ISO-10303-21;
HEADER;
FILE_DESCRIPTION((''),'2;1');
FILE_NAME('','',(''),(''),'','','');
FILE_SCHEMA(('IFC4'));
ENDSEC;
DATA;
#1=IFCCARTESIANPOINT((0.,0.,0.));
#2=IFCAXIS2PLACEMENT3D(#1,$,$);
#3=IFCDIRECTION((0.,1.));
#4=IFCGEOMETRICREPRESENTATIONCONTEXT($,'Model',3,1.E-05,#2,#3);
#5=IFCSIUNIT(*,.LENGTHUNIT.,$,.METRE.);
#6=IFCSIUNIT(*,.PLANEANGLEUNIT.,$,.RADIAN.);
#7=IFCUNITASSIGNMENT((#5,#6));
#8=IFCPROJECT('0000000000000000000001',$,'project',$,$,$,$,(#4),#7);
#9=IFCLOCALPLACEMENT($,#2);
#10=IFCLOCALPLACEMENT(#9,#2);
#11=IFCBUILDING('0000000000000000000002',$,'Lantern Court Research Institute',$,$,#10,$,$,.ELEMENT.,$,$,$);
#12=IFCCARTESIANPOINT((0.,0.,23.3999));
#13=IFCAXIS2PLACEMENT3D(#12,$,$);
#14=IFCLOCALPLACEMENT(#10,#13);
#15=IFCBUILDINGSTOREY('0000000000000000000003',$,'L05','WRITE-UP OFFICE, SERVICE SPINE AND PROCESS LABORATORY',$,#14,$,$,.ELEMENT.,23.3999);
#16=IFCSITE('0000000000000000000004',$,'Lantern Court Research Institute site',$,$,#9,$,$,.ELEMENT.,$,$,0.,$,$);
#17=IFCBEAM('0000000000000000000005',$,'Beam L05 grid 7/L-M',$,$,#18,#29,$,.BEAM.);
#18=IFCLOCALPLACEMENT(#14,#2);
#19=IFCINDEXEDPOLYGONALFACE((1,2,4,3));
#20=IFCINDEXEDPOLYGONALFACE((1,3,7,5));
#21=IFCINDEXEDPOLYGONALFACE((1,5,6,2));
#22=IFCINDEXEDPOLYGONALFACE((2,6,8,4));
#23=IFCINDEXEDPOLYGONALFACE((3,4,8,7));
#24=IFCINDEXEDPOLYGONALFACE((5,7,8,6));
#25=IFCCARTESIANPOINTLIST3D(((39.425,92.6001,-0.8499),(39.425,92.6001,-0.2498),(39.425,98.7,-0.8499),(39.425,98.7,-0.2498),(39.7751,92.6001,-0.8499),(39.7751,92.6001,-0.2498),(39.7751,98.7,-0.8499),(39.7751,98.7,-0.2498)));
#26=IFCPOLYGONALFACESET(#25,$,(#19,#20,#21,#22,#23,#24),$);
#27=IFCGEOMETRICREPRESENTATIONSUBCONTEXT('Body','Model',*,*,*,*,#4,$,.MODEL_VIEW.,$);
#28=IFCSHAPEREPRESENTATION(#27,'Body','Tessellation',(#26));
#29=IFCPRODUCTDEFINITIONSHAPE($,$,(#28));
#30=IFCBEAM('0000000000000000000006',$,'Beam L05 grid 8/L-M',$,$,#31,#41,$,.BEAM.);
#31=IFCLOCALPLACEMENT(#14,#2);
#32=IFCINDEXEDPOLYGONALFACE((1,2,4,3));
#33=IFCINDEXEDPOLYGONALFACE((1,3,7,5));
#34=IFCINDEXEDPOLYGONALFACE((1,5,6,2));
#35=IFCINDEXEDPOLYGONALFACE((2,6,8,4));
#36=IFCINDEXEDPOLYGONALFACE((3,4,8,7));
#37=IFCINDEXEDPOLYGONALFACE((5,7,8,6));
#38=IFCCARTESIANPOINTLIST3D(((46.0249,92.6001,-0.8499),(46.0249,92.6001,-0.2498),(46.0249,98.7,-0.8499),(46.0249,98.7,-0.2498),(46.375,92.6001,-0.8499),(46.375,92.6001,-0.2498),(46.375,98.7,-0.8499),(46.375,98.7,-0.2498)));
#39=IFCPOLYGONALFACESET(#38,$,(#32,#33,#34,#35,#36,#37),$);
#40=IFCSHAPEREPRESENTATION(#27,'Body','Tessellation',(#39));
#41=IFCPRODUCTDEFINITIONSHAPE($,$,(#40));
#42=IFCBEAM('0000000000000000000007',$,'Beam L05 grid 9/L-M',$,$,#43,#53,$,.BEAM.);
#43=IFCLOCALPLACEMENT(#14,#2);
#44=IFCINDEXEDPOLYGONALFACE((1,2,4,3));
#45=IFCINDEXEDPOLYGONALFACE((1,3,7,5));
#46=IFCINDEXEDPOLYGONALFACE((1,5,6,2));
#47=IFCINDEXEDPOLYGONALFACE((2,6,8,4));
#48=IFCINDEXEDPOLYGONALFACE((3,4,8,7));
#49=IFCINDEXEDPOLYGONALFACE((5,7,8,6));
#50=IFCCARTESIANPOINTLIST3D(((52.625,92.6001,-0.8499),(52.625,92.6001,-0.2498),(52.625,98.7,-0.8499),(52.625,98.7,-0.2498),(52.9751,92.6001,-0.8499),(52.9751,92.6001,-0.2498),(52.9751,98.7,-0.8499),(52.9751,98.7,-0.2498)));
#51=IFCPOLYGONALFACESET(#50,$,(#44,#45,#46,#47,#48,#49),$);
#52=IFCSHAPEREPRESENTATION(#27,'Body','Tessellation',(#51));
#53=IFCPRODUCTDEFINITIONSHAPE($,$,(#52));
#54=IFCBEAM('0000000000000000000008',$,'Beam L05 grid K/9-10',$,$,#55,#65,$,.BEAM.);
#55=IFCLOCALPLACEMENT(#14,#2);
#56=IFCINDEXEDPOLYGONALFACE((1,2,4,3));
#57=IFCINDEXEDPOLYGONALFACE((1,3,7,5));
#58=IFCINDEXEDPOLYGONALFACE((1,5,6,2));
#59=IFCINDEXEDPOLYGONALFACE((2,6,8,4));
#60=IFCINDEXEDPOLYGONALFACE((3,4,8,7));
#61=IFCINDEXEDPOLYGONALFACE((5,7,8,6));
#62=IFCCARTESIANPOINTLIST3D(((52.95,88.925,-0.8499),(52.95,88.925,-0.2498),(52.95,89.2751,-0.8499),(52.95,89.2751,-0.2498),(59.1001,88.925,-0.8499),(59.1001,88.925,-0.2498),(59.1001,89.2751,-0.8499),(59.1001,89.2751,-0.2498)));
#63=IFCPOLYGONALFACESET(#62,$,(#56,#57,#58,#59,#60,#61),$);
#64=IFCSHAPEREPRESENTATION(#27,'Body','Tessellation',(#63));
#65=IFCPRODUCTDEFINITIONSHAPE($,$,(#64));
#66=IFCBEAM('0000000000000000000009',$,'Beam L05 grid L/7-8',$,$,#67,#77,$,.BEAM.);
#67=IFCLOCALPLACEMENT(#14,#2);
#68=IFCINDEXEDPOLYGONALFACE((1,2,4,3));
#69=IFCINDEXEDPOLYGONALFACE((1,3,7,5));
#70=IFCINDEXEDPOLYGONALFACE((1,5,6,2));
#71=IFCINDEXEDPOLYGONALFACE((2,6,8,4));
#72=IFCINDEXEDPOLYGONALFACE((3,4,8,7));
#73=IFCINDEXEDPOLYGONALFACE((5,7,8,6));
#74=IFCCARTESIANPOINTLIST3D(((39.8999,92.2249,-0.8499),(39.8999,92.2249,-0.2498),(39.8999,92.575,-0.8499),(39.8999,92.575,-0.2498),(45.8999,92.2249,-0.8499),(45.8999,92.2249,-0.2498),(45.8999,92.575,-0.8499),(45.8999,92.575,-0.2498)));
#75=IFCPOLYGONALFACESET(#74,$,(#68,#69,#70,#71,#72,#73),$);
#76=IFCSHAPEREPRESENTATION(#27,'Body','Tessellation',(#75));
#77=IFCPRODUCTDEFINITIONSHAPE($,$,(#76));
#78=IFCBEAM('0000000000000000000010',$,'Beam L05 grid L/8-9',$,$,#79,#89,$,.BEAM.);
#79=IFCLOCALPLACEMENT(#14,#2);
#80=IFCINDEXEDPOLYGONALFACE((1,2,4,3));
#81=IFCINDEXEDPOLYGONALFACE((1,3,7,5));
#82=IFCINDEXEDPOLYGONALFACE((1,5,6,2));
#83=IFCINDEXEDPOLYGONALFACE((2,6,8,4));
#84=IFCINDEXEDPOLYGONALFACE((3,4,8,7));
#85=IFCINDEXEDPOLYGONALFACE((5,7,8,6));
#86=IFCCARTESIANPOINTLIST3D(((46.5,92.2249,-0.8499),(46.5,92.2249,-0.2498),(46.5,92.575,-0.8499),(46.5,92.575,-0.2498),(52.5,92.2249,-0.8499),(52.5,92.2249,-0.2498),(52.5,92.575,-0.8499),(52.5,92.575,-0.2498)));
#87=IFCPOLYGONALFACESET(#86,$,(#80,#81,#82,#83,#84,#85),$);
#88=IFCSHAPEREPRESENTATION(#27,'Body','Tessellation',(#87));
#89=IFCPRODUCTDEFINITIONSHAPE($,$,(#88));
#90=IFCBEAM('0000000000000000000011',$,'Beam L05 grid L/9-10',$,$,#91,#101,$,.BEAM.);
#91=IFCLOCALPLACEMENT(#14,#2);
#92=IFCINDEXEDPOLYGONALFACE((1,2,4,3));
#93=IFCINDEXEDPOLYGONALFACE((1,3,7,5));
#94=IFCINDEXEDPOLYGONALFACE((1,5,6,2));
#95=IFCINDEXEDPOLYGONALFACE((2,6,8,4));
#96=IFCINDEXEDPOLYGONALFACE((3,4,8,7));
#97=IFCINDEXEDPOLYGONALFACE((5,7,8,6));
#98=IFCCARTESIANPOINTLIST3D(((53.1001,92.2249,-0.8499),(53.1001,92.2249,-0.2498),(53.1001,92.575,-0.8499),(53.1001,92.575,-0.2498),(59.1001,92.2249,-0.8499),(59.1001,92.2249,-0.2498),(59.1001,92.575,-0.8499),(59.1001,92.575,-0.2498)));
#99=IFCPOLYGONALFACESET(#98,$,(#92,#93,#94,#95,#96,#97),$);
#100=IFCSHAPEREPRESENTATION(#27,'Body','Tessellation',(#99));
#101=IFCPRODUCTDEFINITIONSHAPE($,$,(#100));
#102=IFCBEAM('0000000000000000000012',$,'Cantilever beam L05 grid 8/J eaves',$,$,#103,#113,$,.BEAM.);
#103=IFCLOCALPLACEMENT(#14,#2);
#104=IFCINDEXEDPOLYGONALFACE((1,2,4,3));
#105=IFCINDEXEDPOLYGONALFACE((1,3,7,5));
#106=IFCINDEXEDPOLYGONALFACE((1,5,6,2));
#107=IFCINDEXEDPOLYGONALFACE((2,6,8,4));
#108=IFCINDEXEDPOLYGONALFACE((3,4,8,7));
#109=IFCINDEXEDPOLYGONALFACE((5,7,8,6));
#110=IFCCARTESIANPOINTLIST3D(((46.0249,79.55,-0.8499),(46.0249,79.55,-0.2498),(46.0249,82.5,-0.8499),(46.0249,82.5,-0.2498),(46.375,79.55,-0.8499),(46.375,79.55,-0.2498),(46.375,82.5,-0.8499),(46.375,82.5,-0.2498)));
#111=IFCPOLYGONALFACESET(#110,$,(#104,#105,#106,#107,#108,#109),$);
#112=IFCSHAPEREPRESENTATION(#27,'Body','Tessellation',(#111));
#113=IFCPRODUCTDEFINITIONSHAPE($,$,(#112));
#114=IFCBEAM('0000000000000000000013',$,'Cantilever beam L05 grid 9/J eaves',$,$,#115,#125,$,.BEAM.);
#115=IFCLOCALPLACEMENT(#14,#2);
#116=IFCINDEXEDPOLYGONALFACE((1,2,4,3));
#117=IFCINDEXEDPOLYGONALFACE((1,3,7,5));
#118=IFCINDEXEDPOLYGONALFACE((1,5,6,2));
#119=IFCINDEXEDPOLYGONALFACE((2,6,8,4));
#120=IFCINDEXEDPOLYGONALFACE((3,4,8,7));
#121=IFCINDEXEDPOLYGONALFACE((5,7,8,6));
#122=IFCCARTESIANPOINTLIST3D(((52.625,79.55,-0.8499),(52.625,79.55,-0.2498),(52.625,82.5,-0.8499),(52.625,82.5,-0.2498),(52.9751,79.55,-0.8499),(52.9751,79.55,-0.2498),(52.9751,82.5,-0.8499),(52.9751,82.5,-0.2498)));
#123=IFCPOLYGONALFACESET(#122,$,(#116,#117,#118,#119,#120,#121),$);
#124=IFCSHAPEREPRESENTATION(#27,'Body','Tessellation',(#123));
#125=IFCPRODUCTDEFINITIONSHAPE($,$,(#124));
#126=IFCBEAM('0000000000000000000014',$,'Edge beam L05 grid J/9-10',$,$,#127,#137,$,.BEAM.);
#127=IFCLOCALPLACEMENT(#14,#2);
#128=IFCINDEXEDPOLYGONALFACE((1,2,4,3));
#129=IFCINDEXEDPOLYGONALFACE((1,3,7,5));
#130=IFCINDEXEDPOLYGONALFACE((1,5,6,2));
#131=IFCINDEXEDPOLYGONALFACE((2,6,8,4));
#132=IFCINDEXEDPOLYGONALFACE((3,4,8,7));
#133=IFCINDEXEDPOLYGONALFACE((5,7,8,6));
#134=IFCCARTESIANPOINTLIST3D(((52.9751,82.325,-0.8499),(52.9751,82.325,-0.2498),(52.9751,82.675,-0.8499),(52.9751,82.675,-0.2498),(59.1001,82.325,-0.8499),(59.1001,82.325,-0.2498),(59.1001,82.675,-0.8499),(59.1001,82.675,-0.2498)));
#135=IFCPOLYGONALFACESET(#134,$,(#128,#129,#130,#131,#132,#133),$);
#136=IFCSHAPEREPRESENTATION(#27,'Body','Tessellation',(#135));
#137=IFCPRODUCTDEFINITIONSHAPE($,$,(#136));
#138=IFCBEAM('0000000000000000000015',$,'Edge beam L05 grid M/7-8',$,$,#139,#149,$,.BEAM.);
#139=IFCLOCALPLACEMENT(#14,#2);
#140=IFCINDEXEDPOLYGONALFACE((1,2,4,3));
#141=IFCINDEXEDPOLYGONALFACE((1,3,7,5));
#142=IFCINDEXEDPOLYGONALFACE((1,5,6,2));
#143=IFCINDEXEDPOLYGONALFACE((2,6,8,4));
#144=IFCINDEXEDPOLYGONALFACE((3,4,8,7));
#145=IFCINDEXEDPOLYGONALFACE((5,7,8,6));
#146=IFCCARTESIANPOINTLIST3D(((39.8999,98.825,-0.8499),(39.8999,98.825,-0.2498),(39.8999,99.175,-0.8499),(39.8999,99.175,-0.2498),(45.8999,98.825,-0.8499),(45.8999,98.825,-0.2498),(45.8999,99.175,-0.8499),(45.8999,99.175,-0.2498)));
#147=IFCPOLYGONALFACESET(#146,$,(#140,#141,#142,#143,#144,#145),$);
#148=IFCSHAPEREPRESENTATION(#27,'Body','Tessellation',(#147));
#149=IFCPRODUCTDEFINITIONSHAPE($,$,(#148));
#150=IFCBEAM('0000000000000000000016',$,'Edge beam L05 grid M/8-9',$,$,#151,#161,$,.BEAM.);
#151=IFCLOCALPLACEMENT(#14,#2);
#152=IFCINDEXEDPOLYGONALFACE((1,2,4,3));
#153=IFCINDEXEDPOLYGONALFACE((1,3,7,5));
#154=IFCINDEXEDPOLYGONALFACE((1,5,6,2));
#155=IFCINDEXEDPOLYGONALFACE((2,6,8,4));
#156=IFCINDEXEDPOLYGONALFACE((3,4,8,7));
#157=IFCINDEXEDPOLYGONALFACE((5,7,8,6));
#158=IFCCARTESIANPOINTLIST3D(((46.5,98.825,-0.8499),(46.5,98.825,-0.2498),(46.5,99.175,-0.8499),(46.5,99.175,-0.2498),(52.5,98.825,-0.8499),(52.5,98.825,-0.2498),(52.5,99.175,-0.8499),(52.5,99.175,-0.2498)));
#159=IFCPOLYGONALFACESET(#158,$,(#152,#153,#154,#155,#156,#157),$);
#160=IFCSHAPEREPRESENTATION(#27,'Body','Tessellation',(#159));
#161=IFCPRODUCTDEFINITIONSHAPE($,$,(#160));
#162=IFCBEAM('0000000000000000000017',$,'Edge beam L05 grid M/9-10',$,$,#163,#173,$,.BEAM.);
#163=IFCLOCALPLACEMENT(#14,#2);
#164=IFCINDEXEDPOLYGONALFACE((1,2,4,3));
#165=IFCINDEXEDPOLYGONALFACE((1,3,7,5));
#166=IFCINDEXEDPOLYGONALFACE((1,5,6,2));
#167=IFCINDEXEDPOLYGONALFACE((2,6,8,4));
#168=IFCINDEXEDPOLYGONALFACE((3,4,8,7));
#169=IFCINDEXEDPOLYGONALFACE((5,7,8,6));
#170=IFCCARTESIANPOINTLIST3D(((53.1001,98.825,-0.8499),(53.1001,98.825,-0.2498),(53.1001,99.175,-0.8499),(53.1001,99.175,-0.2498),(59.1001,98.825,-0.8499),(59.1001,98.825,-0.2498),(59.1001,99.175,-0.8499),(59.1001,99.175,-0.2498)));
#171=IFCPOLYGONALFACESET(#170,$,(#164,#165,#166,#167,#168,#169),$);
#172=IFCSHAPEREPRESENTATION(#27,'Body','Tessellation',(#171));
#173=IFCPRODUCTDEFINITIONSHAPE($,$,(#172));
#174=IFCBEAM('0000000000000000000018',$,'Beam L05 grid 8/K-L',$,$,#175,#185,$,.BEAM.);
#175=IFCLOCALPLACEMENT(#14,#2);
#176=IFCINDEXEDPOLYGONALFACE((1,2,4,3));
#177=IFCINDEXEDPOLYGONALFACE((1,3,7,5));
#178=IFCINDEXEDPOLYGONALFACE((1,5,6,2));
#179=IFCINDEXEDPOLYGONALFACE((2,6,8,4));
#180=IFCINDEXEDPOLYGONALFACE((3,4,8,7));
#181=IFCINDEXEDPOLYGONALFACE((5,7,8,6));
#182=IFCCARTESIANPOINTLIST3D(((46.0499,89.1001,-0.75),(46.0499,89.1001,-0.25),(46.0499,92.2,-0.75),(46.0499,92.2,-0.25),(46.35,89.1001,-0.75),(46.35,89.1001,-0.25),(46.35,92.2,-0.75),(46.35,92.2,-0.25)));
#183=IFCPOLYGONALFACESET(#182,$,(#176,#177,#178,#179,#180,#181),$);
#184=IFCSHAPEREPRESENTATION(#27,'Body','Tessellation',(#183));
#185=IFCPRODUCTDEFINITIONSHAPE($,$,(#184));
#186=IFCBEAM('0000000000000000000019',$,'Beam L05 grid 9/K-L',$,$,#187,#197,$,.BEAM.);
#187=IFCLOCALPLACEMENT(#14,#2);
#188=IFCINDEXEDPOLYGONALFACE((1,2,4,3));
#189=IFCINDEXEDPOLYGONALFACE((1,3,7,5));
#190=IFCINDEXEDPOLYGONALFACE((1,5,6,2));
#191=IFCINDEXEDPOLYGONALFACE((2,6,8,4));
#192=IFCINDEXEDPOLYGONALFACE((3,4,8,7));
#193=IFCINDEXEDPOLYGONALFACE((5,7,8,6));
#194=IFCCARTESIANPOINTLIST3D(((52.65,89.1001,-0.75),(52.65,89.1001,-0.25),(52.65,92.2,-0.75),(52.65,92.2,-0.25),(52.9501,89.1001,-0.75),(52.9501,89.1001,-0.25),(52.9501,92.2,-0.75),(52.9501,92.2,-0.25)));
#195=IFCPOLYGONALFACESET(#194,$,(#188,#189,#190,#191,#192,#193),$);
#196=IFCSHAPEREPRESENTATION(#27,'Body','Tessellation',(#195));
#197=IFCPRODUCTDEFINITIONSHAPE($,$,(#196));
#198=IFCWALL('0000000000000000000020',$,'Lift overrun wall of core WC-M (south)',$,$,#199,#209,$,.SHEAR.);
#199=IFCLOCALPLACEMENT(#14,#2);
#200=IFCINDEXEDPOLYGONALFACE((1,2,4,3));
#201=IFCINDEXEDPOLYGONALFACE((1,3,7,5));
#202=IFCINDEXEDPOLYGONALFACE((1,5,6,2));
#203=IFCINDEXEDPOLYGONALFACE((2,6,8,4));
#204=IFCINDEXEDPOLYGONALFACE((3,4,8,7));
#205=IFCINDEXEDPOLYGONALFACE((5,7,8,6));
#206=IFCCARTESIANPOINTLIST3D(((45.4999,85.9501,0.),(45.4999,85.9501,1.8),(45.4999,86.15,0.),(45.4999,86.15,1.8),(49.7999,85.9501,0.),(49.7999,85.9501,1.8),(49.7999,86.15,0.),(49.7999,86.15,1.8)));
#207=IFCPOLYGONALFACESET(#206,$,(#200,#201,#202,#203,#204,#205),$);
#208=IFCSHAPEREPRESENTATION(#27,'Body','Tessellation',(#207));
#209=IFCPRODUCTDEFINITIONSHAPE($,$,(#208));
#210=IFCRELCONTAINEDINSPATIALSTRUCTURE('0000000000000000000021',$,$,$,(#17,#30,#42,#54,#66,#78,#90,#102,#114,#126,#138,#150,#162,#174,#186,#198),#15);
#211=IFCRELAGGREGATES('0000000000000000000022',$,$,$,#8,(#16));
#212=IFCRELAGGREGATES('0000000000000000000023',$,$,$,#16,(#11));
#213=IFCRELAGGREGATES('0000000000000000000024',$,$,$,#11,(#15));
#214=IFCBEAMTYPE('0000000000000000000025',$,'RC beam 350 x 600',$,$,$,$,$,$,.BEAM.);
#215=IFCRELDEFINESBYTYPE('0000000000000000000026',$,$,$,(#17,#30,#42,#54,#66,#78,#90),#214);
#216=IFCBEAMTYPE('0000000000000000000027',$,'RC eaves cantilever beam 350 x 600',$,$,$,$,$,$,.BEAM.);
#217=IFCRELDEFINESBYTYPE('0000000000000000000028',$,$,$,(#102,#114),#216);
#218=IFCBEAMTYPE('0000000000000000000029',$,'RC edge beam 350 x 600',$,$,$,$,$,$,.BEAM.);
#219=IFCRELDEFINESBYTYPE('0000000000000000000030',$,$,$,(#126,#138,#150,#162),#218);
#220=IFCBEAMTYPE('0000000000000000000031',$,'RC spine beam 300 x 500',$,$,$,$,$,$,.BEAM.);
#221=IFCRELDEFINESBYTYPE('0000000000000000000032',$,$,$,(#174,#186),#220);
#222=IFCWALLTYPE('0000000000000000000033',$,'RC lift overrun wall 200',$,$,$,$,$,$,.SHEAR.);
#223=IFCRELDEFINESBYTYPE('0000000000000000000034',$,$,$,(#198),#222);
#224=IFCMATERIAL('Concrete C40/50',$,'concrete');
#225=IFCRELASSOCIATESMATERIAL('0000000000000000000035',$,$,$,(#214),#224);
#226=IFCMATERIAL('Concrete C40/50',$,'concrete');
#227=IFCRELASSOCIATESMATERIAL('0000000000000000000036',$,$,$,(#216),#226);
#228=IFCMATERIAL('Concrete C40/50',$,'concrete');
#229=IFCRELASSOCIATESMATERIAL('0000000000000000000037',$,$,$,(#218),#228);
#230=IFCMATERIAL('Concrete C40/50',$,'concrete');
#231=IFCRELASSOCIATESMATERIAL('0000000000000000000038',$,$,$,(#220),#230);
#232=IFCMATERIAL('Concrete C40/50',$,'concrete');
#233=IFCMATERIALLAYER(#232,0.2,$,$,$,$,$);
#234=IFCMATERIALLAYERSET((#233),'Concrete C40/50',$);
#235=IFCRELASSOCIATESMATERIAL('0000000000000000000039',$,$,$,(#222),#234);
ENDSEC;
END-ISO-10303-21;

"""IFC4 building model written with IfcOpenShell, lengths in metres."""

from ifc_helpers import new_model, si_unit, direction, frame, frame_2d, origin, origin_2d, place, context, subcontext, project, spatial, rectangle, extrude, material, layer, layer_set, material_profile, profile_set, type_object, element, save


model = new_model("IFC4")

# Units and contexts
model_context = context("Model", 3, precision=1e-05, world=origin(), true_north=direction((0.0, 1.0)))
body_context = subcontext(model_context, "Body", "Model", "MODEL_VIEW")
ifc_project = project(units=[si_unit("LENGTHUNIT", "METRE"), si_unit("PLANEANGLEUNIT", "RADIAN")], contexts=[model_context])

# Site, building, storey
site_placement = place(None, origin())
site = spatial("IfcSite", under=ifc_project, at=site_placement, Name="Lantern Court Research Institute site", CompositionType="ELEMENT", RefElevation=0.0)
building_placement = place(site_placement, origin())
building = spatial("IfcBuilding", under=site, at=building_placement, Name="Lantern Court Research Institute", CompositionType="ELEMENT")
storey_placement = place(building_placement, frame((0.0, 0.0, 23.3999)))
storey = spatial("IfcBuildingStorey", under=building, at=storey_placement, Name="L05", Description="WRITE-UP OFFICE, SERVICE SPINE AND PROCESS LABORATORY", CompositionType="ELEMENT", Elevation=23.3999)

# Beams
ifc_material_1 = material(Name="Concrete C40/50", Category="concrete")
ifc_material_profile_1 = material_profile(ifc_material_1, rectangle(XDim=0.3501, YDim=0.6001, at=origin_2d()), Name="RC beam 350 x 600")
ifc_profile_set_1 = profile_set([ifc_material_profile_1], Name="Concrete C40/50")
beam_type_1 = type_object("IfcBeamType", Name="RC beam 350 x 600", PredefinedType="BEAM", material=ifc_profile_set_1)
for number, where, z_axis, x_axis, name in (
    (1, (39.6001, 92.6001, -0.5498), (0.0, 1.0, 0.0), (-1.0, 0.0, 0.0), "Beam L05 grid 7/L-M"),
    (2, (46.2, 92.6001, -0.5498), (0.0, 1.0, 0.0), (-1.0, 0.0, 0.0), "Beam L05 grid 8/L-M"),
    (3, (52.8, 92.6001, -0.5498), (0.0, 1.0, 0.0), (-1.0, 0.0, 0.0), "Beam L05 grid 9/L-M"),
):
    element("IfcBeam", number, at=place(storey_placement, frame(where, z_axis=z_axis, x_axis=x_axis)), inside=storey, type_object=beam_type_1, Name=name, PredefinedType="BEAM", context=body_context, shape_type="SweptSolid", body=[
        extrude(rectangle(XDim=0.3501, YDim=0.6001, at=origin_2d()), origin(), (0.0, 0.0, 1.0), 6.0999),
    ])
beam_1_placement = place(storey_placement, frame((52.95, 89.1001, -0.5498), z_axis=(1.0, 0.0, 0.0), x_axis=(0.0, 1.0, 0.0)))
element("IfcBeam", 4, at=beam_1_placement, inside=storey, type_object=beam_type_1, Name="Beam L05 grid K/9-10", PredefinedType="BEAM", context=body_context, shape_type="SweptSolid", body=[
    extrude(rectangle(XDim=0.3501, YDim=0.6001, at=origin_2d()), origin(), (0.0, 0.0, 1.0), 6.1501),
])
for number, where, z_axis, x_axis, name in (
    (5, (39.8999, 92.3999, -0.5498), (1.0, 0.0, 0.0), (0.0, 1.0, 0.0), "Beam L05 grid L/7-8"),
    (6, (46.5, 92.3999, -0.5498), (1.0, 0.0, 0.0), (0.0, 1.0, 0.0), "Beam L05 grid L/8-9"),
    (7, (53.1001, 92.3999, -0.5498), (1.0, 0.0, 0.0), (0.0, 1.0, 0.0), "Beam L05 grid L/9-10"),
):
    element("IfcBeam", number, at=place(storey_placement, frame(where, z_axis=z_axis, x_axis=x_axis)), inside=storey, type_object=beam_type_1, Name=name, PredefinedType="BEAM", context=body_context, shape_type="SweptSolid", body=[
        extrude(rectangle(XDim=0.3501, YDim=0.6001, at=origin_2d()), origin(), (0.0, 0.0, 1.0), 6.0),
    ])
ifc_material_2 = material(Name="Concrete C40/50", Category="concrete")
ifc_material_profile_2 = material_profile(ifc_material_2, rectangle(XDim=0.3501, YDim=0.6001, at=origin_2d()), Name="RC beam 350 x 600")
ifc_profile_set_2 = profile_set([ifc_material_profile_2], Name="Concrete C40/50")
beam_type_2 = type_object("IfcBeamType", Name="RC eaves cantilever beam 350 x 600", PredefinedType="BEAM", material=ifc_profile_set_2)
for number, where, z_axis, x_axis, name in (
    (8, (46.2, 82.5, -0.5498), (0.0, -1.0, 0.0), (1.0, 0.0, 0.0), "Cantilever beam L05 grid 8/J eaves"),
    (9, (52.8, 82.5, -0.5498), (0.0, -1.0, 0.0), (1.0, 0.0, 0.0), "Cantilever beam L05 grid 9/J eaves"),
):
    element("IfcBeam", number, at=place(storey_placement, frame(where, z_axis=z_axis, x_axis=x_axis)), inside=storey, type_object=beam_type_2, Name=name, PredefinedType="BEAM", context=body_context, shape_type="SweptSolid", body=[
        extrude(rectangle(XDim=0.3501, YDim=0.6001, at=origin_2d()), origin(), (0.0, 0.0, 1.0), 2.95),
    ])
ifc_material_3 = material(Name="Concrete C40/50", Category="concrete")
ifc_material_profile_3 = material_profile(ifc_material_3, rectangle(XDim=0.3501, YDim=0.6001, at=origin_2d()), Name="RC beam 350 x 600")
ifc_profile_set_3 = profile_set([ifc_material_profile_3], Name="Concrete C40/50")
beam_type_3 = type_object("IfcBeamType", Name="RC edge beam 350 x 600", PredefinedType="BEAM", material=ifc_profile_set_3)
beam_2_placement = place(storey_placement, frame((52.9751, 82.5, -0.5498), z_axis=(1.0, 0.0, 0.0), x_axis=(0.0, 1.0, 0.0)))
element("IfcBeam", 10, at=beam_2_placement, inside=storey, type_object=beam_type_3, Name="Edge beam L05 grid J/9-10", PredefinedType="BEAM", context=body_context, shape_type="SweptSolid", body=[
    extrude(rectangle(XDim=0.3501, YDim=0.6001, at=origin_2d()), origin(), (0.0, 0.0, 1.0), 6.125),
])
for number, where, z_axis, x_axis, name in (
    (11, (39.8999, 99.0, -0.5498), (1.0, 0.0, 0.0), (0.0, 1.0, 0.0), "Edge beam L05 grid M/7-8"),
    (12, (46.5, 99.0, -0.5498), (1.0, 0.0, 0.0), (0.0, 1.0, 0.0), "Edge beam L05 grid M/8-9"),
    (13, (53.1001, 99.0, -0.5498), (1.0, 0.0, 0.0), (0.0, 1.0, 0.0), "Edge beam L05 grid M/9-10"),
):
    element("IfcBeam", number, at=place(storey_placement, frame(where, z_axis=z_axis, x_axis=x_axis)), inside=storey, type_object=beam_type_3, Name=name, PredefinedType="BEAM", context=body_context, shape_type="SweptSolid", body=[
        extrude(rectangle(XDim=0.3501, YDim=0.6001, at=origin_2d()), origin(), (0.0, 0.0, 1.0), 6.0),
    ])
ifc_material_4 = material(Name="Concrete C40/50", Category="concrete")
ifc_material_profile_4 = material_profile(ifc_material_4, rectangle(XDim=0.3, YDim=0.5, at=origin_2d()), Name="RC beam 300 x 500")
ifc_profile_set_4 = profile_set([ifc_material_profile_4], Name="Concrete C40/50")
beam_type_4 = type_object("IfcBeamType", Name="RC spine beam 300 x 500", PredefinedType="BEAM", material=ifc_profile_set_4)
for number, where, z_axis, x_axis, name in (
    (14, (46.2, 89.1001, -0.5), (0.0, 1.0, 0.0), (-1.0, 0.0, 0.0), "Beam L05 grid 8/K-L"),
    (15, (52.8, 89.1001, -0.5), (0.0, 1.0, 0.0), (-1.0, 0.0, 0.0), "Beam L05 grid 9/K-L"),
):
    element("IfcBeam", number, at=place(storey_placement, frame(where, z_axis=z_axis, x_axis=x_axis)), inside=storey, type_object=beam_type_4, Name=name, PredefinedType="BEAM", context=body_context, shape_type="SweptSolid", body=[
        extrude(rectangle(XDim=0.3, YDim=0.5, at=origin_2d()), origin(), (0.0, 0.0, 1.0), 3.0999),
    ])

# Wall
ifc_material_5 = material(Name="Concrete C40/50", Category="concrete")
ifc_layer = layer(ifc_material_5, 0.2)
ifc_layer_set = layer_set([ifc_layer], Name="Concrete C40/50")
wall_type = type_object("IfcWallType", Name="RC lift overrun wall 200", PredefinedType="SHEAR", material=ifc_layer_set)
for number, where, z_axis, x_axis, name in (
    (16, (45.5, 86.05, 0.0), (0.0, 0.0, 1.0), (1.0, 0.0, 0.0), "Lift overrun wall of core WC-M (south)"),
):
    element("IfcWall", number, at=place(storey_placement, frame(where, z_axis=z_axis, x_axis=x_axis)), inside=storey, type_object=wall_type, Name=name, PredefinedType="SHEAR", context=body_context, shape_type="SweptSolid", body=[
        extrude(rectangle(XDim=4.3, YDim=0.2, at=frame_2d((2.1499, 0.0))), origin(), (0.0, 0.0, 1.0), 1.8),
    ])

save(model, "model.ifc")
